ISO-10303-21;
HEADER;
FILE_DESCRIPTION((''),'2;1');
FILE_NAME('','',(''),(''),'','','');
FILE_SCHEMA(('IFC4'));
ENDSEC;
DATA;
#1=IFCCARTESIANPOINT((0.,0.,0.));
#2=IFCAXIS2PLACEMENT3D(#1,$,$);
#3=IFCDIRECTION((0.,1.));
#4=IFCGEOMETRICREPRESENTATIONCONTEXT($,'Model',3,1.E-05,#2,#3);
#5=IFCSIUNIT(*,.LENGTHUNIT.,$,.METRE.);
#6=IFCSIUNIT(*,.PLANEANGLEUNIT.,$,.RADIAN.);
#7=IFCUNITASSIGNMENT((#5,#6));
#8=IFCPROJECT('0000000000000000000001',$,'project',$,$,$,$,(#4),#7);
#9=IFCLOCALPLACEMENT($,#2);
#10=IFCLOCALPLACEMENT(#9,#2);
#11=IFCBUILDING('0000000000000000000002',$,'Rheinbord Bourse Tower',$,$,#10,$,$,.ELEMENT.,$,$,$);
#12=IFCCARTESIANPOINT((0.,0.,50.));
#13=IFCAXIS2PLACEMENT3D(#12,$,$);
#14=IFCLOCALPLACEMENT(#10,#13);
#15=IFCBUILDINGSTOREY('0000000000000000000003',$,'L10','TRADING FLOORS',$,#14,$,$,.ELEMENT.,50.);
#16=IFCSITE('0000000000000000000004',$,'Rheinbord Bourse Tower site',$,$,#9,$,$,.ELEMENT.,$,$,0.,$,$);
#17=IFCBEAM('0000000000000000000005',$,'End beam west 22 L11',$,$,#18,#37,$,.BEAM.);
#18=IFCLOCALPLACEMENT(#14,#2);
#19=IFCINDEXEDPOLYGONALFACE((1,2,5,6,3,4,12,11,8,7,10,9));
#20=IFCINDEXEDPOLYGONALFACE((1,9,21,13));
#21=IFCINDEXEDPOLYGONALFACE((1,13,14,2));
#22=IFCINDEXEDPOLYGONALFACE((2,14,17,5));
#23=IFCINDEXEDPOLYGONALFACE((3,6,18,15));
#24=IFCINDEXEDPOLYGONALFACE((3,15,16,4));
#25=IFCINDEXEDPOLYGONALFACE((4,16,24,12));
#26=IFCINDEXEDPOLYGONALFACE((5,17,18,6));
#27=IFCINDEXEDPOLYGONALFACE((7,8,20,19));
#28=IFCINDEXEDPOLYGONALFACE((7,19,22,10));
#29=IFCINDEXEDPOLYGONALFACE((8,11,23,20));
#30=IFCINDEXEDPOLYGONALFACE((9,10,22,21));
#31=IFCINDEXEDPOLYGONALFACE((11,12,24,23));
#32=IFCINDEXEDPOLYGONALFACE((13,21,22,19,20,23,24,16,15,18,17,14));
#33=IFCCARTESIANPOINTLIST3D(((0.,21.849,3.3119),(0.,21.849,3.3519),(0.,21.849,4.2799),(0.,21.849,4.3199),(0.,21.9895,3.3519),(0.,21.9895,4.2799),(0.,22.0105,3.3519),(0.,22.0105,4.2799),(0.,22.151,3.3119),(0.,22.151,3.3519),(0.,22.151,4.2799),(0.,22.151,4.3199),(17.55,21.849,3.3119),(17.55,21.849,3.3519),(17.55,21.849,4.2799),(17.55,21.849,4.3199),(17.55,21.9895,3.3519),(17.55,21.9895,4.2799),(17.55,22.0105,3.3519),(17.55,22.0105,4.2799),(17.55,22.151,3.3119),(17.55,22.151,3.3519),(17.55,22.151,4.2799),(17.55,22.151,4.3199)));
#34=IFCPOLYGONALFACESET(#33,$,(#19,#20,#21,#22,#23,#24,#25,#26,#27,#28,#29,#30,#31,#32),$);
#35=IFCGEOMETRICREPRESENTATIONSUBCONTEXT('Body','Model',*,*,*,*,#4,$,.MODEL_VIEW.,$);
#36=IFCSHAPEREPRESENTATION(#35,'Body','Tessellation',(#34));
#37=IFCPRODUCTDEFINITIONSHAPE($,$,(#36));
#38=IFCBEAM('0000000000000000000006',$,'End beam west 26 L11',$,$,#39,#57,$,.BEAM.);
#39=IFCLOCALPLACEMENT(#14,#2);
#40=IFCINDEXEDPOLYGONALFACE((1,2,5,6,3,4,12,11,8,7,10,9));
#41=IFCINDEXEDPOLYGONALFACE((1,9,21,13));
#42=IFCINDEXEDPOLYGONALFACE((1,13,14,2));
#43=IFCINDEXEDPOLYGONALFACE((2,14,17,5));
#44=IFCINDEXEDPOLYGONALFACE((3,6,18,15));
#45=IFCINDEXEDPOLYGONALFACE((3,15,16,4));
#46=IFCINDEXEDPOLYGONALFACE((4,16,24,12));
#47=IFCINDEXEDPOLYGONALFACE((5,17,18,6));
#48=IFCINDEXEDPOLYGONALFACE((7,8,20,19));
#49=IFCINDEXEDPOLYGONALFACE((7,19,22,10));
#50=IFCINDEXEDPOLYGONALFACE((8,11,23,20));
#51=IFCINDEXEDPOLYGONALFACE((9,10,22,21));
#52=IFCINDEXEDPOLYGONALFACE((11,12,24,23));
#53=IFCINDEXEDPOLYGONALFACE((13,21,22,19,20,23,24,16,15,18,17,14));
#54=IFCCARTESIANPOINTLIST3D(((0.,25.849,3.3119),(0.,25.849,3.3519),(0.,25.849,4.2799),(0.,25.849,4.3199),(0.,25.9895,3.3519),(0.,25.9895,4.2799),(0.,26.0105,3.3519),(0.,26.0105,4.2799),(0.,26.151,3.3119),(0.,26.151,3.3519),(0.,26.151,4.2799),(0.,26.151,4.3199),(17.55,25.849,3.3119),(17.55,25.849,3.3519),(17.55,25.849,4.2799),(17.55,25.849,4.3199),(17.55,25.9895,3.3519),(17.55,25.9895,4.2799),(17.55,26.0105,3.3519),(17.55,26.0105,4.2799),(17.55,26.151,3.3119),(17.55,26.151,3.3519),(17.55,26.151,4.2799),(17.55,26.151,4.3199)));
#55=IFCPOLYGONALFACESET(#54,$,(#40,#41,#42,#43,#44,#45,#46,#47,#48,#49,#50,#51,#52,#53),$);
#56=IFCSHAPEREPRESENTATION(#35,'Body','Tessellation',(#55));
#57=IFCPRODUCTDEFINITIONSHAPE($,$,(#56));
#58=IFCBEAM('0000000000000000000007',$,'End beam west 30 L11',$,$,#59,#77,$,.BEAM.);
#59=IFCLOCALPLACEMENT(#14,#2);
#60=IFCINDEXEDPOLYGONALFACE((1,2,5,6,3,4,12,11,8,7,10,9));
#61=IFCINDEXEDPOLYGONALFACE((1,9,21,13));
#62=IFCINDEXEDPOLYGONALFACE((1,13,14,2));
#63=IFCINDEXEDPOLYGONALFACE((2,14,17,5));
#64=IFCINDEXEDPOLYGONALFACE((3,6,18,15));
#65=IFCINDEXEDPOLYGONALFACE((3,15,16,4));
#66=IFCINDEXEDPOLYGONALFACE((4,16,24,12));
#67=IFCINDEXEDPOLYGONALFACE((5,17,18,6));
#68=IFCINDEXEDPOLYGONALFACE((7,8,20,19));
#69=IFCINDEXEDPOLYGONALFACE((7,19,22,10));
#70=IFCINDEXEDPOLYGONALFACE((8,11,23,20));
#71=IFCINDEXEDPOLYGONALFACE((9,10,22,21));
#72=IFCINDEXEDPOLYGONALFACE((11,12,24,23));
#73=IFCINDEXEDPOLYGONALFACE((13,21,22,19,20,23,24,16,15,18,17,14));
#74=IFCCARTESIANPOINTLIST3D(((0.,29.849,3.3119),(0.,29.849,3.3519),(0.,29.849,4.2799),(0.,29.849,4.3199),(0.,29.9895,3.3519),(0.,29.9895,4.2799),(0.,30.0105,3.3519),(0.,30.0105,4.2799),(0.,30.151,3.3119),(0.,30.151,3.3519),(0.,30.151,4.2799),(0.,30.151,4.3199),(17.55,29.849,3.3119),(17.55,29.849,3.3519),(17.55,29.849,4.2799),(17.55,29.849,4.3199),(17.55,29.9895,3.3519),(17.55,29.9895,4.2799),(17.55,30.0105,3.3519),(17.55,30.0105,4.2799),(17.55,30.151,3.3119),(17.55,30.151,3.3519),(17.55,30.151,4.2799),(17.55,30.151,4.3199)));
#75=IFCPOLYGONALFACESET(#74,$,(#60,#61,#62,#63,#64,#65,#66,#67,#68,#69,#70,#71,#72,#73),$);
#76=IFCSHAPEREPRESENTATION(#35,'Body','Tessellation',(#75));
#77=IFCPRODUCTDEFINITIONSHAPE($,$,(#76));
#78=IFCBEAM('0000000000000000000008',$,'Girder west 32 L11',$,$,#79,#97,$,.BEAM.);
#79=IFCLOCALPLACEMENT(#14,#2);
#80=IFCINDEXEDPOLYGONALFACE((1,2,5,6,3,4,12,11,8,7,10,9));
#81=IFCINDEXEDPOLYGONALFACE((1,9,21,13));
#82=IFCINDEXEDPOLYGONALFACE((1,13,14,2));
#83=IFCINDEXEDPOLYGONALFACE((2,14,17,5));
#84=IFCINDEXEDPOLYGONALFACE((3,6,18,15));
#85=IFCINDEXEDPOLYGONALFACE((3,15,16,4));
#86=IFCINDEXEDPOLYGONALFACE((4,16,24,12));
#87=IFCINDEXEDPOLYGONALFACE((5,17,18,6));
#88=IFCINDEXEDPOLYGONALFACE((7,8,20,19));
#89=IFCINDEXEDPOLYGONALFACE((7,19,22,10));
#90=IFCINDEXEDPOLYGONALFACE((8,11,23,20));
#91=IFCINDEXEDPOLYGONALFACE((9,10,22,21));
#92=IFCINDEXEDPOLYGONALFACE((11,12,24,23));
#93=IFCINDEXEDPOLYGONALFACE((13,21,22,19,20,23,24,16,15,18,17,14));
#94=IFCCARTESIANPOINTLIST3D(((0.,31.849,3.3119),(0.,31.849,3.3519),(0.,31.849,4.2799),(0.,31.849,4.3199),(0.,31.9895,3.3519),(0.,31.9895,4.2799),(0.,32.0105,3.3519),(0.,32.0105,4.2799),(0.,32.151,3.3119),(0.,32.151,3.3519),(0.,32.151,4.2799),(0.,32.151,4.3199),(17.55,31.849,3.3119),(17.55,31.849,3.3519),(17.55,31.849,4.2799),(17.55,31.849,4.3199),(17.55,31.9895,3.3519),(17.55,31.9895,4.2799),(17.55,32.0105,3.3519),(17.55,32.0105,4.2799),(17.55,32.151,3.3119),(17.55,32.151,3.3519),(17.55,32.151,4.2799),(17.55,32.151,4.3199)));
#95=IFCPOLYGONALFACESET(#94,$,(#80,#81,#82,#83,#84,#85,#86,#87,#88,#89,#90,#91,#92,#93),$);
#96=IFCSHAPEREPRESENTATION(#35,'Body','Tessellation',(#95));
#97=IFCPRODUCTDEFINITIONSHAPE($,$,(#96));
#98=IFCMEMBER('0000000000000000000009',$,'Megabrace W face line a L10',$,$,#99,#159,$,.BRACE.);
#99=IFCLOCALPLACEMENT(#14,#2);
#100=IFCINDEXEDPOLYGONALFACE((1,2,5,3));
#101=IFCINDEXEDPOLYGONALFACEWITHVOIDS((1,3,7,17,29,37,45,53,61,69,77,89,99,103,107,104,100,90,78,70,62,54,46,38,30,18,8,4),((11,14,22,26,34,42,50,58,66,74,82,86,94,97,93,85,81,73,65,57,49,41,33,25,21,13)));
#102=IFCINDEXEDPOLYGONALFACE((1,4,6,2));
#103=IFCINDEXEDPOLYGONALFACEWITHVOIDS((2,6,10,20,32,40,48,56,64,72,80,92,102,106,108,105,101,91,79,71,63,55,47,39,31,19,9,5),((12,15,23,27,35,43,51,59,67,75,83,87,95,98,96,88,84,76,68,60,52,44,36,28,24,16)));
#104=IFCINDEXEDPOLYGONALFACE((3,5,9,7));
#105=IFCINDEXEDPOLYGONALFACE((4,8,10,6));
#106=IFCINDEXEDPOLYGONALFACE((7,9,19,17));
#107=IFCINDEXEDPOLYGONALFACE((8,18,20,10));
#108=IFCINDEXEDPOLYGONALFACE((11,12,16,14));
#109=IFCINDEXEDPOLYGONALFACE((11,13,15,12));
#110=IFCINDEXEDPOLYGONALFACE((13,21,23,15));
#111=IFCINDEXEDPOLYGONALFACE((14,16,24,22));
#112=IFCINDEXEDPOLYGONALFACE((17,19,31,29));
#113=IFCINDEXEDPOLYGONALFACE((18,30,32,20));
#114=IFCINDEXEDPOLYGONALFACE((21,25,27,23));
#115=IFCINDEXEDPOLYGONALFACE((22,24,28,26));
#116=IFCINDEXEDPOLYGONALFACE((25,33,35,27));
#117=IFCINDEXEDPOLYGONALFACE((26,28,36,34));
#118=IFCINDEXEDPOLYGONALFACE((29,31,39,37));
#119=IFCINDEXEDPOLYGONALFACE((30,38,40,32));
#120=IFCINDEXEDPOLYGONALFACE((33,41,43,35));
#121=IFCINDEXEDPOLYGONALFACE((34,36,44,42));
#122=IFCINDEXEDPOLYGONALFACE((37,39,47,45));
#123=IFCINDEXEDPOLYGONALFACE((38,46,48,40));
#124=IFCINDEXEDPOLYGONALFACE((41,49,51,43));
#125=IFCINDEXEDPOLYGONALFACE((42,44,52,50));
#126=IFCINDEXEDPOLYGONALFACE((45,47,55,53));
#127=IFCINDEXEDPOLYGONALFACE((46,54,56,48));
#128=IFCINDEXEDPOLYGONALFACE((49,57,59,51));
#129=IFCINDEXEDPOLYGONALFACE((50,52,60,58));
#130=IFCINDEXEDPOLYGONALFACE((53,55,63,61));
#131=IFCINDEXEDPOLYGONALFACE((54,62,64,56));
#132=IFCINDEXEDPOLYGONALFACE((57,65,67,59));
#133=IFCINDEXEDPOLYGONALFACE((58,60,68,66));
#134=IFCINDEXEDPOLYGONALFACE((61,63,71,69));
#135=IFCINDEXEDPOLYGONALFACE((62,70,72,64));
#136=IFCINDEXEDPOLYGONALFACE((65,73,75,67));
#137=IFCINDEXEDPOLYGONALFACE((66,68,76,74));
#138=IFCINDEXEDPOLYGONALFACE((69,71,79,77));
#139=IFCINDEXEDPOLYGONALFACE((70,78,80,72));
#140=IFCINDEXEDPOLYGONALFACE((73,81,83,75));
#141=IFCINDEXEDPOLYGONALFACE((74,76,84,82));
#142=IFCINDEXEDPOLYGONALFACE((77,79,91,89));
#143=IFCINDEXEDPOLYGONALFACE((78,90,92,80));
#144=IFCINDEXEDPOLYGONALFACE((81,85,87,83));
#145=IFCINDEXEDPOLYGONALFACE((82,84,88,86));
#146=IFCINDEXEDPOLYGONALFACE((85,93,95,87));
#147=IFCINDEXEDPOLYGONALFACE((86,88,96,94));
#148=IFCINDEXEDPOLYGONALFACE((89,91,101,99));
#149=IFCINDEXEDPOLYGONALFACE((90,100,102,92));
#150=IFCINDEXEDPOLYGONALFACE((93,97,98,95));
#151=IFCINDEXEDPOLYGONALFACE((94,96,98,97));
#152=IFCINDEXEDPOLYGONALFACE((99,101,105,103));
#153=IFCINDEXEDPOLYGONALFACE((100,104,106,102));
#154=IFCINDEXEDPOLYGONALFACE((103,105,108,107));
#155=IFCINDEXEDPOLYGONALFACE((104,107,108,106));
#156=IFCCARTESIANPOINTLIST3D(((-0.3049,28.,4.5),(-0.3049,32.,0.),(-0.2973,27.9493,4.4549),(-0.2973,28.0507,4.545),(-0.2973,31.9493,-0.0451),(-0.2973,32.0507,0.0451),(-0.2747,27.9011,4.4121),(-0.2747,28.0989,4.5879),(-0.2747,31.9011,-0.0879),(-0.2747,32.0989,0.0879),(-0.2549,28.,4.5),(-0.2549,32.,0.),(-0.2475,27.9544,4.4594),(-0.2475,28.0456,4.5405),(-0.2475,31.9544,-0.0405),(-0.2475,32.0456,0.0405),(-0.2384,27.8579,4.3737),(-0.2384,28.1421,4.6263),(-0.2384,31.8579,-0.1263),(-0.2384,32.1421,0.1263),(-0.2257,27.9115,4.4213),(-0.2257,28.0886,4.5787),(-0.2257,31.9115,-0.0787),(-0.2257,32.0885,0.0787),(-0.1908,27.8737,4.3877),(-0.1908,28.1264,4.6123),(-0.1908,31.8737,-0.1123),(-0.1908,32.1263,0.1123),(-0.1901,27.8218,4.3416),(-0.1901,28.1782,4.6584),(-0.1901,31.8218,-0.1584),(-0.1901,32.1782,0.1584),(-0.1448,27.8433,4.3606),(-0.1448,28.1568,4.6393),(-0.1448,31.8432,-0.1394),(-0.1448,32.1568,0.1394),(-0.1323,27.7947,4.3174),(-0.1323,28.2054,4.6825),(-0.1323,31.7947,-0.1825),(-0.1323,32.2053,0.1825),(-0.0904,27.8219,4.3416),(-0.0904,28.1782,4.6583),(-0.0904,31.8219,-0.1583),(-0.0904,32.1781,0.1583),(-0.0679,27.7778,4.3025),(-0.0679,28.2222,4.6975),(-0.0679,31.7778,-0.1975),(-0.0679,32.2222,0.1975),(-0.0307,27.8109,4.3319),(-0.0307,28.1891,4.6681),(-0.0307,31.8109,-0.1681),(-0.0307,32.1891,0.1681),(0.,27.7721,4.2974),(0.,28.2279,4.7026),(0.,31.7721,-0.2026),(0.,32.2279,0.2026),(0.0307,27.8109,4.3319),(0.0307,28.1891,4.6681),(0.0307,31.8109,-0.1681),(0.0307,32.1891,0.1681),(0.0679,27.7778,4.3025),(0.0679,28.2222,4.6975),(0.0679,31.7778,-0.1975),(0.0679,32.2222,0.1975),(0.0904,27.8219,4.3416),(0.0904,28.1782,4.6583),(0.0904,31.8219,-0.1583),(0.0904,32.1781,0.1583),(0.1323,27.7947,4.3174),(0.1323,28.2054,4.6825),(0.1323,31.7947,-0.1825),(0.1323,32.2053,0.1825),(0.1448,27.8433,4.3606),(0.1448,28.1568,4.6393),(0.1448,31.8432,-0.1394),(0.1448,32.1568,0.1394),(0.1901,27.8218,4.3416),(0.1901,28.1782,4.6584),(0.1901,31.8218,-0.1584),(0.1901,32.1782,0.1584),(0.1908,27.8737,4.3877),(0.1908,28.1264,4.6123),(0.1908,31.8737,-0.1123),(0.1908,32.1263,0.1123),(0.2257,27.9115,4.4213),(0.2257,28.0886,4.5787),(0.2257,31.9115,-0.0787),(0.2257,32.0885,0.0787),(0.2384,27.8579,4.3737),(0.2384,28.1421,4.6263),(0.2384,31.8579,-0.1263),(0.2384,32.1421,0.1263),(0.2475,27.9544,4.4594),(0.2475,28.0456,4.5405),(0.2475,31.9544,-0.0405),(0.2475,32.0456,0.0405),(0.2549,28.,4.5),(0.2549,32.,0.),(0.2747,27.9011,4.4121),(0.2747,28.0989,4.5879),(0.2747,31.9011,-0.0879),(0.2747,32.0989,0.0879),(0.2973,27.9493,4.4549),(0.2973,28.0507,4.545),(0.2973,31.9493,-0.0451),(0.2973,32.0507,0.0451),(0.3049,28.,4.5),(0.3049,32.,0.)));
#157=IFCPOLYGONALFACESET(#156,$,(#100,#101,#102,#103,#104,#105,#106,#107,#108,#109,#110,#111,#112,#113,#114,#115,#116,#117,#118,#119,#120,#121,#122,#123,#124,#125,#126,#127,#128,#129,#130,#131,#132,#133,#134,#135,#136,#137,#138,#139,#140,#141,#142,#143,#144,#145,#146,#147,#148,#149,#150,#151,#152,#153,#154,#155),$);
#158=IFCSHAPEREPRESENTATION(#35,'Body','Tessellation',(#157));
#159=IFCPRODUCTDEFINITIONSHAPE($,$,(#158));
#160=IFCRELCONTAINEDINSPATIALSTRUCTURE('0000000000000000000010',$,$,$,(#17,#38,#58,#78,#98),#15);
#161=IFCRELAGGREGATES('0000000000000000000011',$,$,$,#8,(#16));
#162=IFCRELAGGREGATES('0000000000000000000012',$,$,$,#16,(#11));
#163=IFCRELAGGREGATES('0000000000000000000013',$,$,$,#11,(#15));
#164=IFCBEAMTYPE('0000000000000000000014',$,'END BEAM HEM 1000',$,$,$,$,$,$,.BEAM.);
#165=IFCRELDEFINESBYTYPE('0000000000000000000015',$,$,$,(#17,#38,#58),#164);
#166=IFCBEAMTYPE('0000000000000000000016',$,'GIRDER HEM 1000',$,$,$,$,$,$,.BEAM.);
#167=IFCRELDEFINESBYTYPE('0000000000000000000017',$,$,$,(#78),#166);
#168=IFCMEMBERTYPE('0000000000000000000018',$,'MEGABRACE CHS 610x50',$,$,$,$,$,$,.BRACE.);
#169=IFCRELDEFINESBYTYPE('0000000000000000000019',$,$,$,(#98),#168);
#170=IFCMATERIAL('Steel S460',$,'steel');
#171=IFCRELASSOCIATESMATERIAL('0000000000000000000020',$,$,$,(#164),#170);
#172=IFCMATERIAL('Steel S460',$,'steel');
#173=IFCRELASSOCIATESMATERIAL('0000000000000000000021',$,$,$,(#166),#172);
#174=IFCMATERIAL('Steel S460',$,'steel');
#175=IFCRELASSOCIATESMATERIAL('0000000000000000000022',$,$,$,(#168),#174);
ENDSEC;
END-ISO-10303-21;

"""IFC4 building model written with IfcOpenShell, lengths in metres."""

from ifc_helpers import new_model, si_unit, direction, frame, origin, origin_2d, place, context, subcontext, project, spatial, hollow_circle, i_section, extrude, material, material_profile, profile_set, type_object, element, save


model = new_model("IFC4")

# Units and contexts
model_context = context("Model", 3, precision=1e-05, world=origin(), true_north=direction((0.0, 1.0)))
body_context = subcontext(model_context, "Body", "Model", "MODEL_VIEW")
ifc_project = project(units=[si_unit("LENGTHUNIT", "METRE"), si_unit("PLANEANGLEUNIT", "RADIAN")], contexts=[model_context])

# Site, building, storey
site_placement = place(None, origin())
site = spatial("IfcSite", under=ifc_project, at=site_placement, Name="Rheinbord Bourse Tower site", CompositionType="ELEMENT", RefElevation=0.0)
building_placement = place(site_placement, origin())
building = spatial("IfcBuilding", under=site, at=building_placement, Name="Rheinbord Bourse Tower", CompositionType="ELEMENT")
storey_placement = place(building_placement, frame((0.0, 0.0, 50.0)))
storey = spatial("IfcBuildingStorey", under=building, at=storey_placement, Name="L10", Description="TRADING FLOORS", CompositionType="ELEMENT", Elevation=50.0)

# Beams
ifc_material_1 = material(Name="Steel S460", Category="steel")
ifc_material_profile_1 = material_profile(ifc_material_1, i_section(OverallWidth=0.302, OverallDepth=1.0081, WebThickness=0.021, FlangeThickness=0.04, at=origin_2d()), Name="HEM 1000")
ifc_profile_set_1 = profile_set([ifc_material_profile_1], Name="Steel S460")
beam_type_1 = type_object("IfcBeamType", Name="END BEAM HEM 1000", PredefinedType="BEAM", material=ifc_profile_set_1)
for number, where, z_axis, x_axis, name in (
    (1, (0.0, 22.0, 3.8159), (1.0, 0.0, 0.0), (0.0, 1.0, 0.0), "End beam west 22 L11"),
    (2, (0.0, 26.0, 3.8159), (1.0, 0.0, 0.0), (0.0, 1.0, 0.0), "End beam west 26 L11"),
    (3, (0.0, 30.0, 3.8159), (1.0, 0.0, 0.0), (0.0, 1.0, 0.0), "End beam west 30 L11"),
):
    element("IfcBeam", number, at=place(storey_placement, frame(where, z_axis=z_axis, x_axis=x_axis)), inside=storey, type_object=beam_type_1, Name=name, PredefinedType="BEAM", context=body_context, shape_type="SweptSolid", body=[
        extrude(i_section(OverallWidth=0.302, OverallDepth=1.0081, WebThickness=0.021, FlangeThickness=0.04, at=origin_2d()), origin(), (0.0, 0.0, 1.0), 17.55),
    ])
ifc_material_2 = material(Name="Steel S460", Category="steel")
ifc_material_profile_2 = material_profile(ifc_material_2, i_section(OverallWidth=0.302, OverallDepth=1.0081, WebThickness=0.021, FlangeThickness=0.04, at=origin_2d()), Name="HEM 1000")
ifc_profile_set_2 = profile_set([ifc_material_profile_2], Name="Steel S460")
beam_type_2 = type_object("IfcBeamType", Name="GIRDER HEM 1000", PredefinedType="BEAM", material=ifc_profile_set_2)
beam_1_placement = place(storey_placement, frame((0.0, 32.0, 3.8159), z_axis=(1.0, 0.0, 0.0), x_axis=(0.0, 1.0, 0.0)))
element("IfcBeam", 4, at=beam_1_placement, inside=storey, type_object=beam_type_2, Name="Girder west 32 L11", PredefinedType="BEAM", context=body_context, shape_type="SweptSolid", body=[
    extrude(i_section(OverallWidth=0.302, OverallDepth=1.0081, WebThickness=0.021, FlangeThickness=0.04, at=origin_2d()), origin(), (0.0, 0.0, 1.0), 17.55),
])

# Member
ifc_material_3 = material(Name="Steel S460", Category="steel")
ifc_material_profile_3 = material_profile(ifc_material_3, hollow_circle(Radius=0.3049, WallThickness=0.05, at=origin_2d()), Name="CHS 610x50")
ifc_profile_set_3 = profile_set([ifc_material_profile_3], Name="Steel S460")
member_type_1 = type_object("IfcMemberType", Name="MEGABRACE CHS 610x50", PredefinedType="BRACE", material=ifc_profile_set_3)
for number, where, z_axis, x_axis, name in (
    (5, (0.0, 32.0, 0.0), (0.0, -0.664364, 0.747409), (1.0, 0.0, 0.0), "Megabrace W face line a L10"),
):
    element("IfcMember", number, at=place(storey_placement, frame(where, z_axis=z_axis, x_axis=x_axis)), inside=storey, type_object=member_type_1, Name=name, PredefinedType="BRACE", context=body_context, shape_type="SweptSolid", body=[
        extrude(hollow_circle(Radius=0.3049, WallThickness=0.05, at=origin_2d()), origin(), (0.0, 0.0, 1.0), 6.0208),
    ])

save(model, "model.ifc")
